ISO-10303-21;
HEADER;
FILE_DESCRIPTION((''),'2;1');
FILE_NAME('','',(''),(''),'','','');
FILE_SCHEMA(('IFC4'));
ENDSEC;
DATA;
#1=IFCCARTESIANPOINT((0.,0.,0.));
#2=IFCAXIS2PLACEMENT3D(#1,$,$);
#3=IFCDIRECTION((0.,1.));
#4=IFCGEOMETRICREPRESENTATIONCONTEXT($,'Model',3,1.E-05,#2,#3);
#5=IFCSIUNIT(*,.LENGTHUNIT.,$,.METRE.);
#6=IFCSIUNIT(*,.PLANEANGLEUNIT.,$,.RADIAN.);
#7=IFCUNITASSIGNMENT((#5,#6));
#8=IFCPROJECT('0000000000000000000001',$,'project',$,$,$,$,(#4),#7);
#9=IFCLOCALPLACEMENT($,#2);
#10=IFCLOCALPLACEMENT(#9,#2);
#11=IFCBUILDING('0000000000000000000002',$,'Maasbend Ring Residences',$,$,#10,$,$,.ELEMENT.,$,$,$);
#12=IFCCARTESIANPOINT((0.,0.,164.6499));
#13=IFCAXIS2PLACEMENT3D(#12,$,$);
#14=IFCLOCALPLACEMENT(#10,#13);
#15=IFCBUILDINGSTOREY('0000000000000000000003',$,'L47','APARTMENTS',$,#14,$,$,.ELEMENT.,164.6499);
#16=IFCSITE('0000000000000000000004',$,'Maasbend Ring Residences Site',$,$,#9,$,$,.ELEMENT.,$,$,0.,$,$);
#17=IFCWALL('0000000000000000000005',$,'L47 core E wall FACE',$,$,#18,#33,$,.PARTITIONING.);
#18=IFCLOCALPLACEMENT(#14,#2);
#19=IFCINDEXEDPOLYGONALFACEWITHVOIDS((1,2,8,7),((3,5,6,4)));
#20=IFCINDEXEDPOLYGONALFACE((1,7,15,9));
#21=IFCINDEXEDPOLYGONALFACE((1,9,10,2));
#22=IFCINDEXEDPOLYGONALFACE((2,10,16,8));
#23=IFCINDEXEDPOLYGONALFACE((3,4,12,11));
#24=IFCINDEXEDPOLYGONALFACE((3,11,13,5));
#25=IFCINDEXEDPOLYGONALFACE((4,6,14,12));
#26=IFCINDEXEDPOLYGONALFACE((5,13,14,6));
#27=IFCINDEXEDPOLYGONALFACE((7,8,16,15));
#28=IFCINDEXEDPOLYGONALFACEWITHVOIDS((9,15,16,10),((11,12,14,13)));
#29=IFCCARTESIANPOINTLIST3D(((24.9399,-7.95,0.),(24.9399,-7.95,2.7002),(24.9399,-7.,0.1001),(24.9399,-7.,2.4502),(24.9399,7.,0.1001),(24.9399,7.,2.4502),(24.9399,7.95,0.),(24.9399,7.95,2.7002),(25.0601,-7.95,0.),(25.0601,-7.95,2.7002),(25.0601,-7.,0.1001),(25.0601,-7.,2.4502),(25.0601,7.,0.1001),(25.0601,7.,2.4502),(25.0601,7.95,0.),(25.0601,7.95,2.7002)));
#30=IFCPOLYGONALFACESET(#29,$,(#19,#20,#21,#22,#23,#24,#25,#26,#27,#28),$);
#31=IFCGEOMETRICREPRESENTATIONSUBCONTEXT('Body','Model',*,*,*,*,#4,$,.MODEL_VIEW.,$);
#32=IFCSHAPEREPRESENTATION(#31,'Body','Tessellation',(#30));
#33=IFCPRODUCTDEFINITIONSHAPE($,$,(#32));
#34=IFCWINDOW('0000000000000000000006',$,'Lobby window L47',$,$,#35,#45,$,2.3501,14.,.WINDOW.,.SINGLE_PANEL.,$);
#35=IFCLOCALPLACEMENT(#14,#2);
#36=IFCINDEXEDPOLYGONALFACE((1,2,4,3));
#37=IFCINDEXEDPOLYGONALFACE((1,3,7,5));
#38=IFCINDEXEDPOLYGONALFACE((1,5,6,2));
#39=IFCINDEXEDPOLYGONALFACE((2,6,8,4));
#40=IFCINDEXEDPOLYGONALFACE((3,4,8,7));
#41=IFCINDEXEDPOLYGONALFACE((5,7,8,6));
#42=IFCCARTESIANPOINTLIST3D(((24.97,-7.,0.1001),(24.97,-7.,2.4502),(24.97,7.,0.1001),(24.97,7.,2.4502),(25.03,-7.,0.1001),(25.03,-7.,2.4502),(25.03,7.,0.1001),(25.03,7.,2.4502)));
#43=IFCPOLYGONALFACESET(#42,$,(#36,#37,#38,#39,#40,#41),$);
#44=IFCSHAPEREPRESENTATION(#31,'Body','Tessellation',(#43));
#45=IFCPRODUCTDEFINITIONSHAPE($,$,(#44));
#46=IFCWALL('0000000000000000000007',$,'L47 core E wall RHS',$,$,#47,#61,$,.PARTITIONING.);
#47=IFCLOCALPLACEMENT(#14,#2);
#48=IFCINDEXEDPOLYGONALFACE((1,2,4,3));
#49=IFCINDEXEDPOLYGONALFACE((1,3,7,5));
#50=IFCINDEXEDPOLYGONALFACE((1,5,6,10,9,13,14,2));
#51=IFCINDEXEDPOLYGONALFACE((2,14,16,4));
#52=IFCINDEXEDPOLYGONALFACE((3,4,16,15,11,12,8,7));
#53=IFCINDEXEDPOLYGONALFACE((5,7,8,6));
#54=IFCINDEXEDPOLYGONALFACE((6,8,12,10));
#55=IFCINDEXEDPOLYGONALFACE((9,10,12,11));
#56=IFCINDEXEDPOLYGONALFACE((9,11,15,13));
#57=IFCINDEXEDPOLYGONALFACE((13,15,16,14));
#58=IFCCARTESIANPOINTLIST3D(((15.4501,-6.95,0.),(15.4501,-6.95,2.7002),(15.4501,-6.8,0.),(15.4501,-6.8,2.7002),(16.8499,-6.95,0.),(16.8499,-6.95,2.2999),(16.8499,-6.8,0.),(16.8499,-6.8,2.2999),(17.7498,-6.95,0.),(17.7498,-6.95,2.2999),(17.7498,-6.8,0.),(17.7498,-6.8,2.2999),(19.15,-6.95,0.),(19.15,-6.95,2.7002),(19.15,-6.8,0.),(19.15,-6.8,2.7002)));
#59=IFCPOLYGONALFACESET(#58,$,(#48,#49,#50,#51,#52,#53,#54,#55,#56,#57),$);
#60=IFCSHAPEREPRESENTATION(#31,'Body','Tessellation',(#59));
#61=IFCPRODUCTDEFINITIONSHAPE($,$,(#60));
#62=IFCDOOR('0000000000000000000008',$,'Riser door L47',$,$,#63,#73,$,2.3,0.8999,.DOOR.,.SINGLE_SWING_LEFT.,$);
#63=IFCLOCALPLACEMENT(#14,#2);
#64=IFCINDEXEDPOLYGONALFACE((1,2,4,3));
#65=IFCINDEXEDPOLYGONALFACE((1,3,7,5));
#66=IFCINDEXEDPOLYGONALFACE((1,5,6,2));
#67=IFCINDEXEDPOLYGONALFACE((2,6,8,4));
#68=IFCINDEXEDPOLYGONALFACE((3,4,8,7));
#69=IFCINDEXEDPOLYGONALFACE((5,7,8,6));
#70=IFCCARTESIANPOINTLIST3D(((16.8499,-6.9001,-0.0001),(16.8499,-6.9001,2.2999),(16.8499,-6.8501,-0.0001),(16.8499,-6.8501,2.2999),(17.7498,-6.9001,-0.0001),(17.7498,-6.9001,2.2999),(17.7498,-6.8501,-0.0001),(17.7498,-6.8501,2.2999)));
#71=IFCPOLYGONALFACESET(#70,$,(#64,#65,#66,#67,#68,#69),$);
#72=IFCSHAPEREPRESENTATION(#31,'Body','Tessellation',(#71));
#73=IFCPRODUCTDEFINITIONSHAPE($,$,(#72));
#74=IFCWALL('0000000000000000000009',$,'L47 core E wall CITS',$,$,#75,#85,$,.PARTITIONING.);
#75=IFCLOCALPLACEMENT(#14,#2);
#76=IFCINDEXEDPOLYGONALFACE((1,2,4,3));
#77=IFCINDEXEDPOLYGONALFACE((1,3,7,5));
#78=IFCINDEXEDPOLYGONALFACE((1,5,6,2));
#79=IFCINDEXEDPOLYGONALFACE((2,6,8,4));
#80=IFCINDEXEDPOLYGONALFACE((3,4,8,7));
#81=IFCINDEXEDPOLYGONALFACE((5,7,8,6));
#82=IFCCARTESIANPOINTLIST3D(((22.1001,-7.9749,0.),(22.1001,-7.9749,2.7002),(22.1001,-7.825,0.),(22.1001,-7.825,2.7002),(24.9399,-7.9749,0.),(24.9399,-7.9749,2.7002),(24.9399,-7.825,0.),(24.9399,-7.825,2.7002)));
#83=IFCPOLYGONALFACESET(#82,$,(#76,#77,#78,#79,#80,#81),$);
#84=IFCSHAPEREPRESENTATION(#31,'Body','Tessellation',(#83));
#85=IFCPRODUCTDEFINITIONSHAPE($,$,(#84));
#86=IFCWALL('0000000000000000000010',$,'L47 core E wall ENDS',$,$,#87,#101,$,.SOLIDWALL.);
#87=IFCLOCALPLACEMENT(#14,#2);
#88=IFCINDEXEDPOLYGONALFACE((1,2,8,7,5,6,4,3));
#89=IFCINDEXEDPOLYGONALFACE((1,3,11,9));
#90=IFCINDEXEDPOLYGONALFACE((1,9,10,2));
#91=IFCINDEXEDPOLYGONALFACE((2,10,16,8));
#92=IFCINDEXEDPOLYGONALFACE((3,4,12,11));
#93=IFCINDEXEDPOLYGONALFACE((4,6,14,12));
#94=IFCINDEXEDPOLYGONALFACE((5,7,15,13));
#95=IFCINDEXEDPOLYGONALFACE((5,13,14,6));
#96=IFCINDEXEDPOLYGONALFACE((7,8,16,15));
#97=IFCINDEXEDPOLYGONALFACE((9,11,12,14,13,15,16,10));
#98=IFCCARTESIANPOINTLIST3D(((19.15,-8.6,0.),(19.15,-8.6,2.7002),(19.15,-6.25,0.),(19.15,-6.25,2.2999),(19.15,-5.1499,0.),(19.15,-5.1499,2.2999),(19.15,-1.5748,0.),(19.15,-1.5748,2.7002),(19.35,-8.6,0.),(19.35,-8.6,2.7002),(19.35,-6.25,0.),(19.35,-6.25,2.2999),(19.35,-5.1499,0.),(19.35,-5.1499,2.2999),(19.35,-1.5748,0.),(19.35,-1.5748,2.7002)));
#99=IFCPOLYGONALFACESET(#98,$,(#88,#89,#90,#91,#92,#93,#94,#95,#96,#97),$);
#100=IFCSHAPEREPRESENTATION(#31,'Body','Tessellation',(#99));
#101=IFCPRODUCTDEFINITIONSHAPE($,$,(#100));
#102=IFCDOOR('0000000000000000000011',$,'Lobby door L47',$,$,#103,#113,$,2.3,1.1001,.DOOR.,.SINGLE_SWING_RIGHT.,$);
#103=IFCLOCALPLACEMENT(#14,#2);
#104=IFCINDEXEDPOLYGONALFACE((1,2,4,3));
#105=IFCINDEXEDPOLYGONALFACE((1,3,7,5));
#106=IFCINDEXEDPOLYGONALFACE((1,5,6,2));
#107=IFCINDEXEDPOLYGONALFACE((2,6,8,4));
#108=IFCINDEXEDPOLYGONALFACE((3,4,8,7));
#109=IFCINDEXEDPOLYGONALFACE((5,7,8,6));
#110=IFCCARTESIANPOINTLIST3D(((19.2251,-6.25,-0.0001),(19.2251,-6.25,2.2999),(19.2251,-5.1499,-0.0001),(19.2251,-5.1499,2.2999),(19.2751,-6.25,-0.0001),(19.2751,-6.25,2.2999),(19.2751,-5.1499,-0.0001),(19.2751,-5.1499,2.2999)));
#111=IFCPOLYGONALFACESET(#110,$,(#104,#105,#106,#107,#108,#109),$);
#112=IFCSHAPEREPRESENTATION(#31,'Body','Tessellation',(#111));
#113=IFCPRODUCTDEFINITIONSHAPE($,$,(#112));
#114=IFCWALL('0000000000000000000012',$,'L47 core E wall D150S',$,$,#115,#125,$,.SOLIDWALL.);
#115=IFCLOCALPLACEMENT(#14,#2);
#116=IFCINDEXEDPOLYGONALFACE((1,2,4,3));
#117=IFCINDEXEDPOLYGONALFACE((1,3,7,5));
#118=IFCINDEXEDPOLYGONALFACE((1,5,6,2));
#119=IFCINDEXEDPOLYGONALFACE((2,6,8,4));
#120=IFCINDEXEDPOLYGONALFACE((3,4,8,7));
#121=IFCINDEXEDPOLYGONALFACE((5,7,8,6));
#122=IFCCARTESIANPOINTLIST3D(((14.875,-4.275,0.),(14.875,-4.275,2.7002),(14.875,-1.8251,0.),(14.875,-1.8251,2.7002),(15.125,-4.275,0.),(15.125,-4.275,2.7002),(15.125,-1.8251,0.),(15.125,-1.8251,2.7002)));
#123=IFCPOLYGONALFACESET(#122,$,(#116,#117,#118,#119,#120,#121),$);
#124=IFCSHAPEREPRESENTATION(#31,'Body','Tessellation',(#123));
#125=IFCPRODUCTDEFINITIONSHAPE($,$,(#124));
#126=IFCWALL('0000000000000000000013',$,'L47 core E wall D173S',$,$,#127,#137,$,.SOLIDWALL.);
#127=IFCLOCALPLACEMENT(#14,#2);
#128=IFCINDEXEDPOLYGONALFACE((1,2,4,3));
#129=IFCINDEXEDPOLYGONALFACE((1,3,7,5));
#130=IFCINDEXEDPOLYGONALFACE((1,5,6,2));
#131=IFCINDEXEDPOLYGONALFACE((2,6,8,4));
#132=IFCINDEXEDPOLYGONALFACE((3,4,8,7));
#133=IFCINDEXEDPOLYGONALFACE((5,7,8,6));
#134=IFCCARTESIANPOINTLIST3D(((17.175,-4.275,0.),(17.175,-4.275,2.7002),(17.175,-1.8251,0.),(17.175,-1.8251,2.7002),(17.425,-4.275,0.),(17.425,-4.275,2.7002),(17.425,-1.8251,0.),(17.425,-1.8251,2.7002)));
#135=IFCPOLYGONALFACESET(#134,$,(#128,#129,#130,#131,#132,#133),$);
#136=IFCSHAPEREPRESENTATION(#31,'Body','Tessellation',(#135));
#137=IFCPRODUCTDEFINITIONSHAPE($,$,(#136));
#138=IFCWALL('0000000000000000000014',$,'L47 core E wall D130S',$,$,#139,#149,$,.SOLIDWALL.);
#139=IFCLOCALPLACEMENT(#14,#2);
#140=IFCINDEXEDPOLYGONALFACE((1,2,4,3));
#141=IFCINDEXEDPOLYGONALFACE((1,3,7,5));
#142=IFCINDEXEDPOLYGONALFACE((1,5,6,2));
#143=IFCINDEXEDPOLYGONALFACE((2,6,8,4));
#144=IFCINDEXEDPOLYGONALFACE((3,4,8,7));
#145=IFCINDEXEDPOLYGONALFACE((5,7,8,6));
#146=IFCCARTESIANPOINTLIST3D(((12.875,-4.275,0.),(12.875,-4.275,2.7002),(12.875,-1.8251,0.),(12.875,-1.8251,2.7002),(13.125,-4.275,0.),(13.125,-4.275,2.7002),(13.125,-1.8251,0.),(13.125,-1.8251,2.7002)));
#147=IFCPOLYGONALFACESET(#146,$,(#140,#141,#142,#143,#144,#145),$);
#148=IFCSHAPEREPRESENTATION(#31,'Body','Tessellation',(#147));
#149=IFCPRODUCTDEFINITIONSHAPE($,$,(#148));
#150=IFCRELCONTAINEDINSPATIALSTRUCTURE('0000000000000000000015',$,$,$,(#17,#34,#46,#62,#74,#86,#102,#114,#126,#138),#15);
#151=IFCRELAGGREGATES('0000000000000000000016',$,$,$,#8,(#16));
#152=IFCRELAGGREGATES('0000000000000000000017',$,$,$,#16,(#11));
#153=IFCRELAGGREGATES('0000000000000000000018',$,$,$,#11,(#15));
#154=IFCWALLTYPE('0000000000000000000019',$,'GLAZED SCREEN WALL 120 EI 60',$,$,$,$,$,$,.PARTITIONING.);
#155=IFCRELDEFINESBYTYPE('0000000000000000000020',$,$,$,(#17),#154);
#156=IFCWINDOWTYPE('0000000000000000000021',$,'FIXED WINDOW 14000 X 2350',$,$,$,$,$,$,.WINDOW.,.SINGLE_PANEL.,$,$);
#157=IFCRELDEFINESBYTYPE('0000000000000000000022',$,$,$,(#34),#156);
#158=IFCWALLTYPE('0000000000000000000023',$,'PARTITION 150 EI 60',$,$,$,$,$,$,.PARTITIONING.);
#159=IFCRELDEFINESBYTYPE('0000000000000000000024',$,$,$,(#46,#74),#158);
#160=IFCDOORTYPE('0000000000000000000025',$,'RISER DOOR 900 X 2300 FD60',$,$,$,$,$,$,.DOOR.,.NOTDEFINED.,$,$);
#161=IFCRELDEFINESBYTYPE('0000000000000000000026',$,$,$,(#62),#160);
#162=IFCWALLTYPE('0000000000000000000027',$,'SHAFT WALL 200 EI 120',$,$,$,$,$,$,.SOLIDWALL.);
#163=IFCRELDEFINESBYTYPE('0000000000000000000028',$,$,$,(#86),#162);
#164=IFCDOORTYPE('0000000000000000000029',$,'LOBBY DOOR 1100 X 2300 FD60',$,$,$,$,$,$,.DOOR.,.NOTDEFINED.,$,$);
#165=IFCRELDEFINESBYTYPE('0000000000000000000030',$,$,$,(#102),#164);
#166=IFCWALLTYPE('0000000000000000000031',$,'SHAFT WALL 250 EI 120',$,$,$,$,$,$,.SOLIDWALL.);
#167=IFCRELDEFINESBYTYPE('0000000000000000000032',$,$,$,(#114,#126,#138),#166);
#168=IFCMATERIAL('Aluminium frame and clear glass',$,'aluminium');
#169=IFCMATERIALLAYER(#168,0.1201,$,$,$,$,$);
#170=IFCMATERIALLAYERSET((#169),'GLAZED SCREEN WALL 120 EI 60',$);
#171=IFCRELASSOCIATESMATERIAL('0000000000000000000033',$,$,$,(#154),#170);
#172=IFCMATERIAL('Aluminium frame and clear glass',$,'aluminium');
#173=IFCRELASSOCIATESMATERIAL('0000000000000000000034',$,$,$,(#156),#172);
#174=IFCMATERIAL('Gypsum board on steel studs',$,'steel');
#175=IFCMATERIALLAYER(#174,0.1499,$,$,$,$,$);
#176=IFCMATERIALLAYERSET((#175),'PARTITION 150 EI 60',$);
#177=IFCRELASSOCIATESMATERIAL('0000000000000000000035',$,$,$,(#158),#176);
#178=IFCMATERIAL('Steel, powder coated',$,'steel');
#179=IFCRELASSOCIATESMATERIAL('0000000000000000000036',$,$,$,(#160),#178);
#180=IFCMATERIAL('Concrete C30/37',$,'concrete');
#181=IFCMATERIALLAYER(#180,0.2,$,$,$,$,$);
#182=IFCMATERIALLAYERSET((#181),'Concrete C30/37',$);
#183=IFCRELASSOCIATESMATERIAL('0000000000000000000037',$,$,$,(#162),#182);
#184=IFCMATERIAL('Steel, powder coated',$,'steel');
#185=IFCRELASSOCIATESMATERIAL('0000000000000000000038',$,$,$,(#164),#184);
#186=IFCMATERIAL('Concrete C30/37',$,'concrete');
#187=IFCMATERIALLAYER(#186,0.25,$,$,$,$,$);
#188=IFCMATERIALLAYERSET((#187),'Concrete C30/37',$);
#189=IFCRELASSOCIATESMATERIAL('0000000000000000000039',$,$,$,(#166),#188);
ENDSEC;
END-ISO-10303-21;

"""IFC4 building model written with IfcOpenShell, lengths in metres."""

from ifc_helpers import new_model, si_unit, direction, frame, frame_2d, origin, place, context, subcontext, project, spatial, rectangle, extrude, material, layer, layer_set, type_object, element, fill, save


model = new_model("IFC4")

# Units and contexts
model_context = context("Model", 3, precision=1e-05, world=origin(), true_north=direction((0.0, 1.0)))
body_context = subcontext(model_context, "Body", "Model", "MODEL_VIEW")
ifc_project = project(units=[si_unit("LENGTHUNIT", "METRE"), si_unit("PLANEANGLEUNIT", "RADIAN")], contexts=[model_context])

# Site, building, storey
site_placement = place(None, origin())
site = spatial("IfcSite", under=ifc_project, at=site_placement, Name="Maasbend Ring Residences Site", CompositionType="ELEMENT", RefElevation=0.0)
building_placement = place(site_placement, origin())
building = spatial("IfcBuilding", under=site, at=building_placement, Name="Maasbend Ring Residences", CompositionType="ELEMENT")
storey_placement = place(building_placement, frame((0.0, 0.0, 164.6499)))
storey = spatial("IfcBuildingStorey", under=building, at=storey_placement, Name="L47", Description="APARTMENTS", CompositionType="ELEMENT", Elevation=164.6499)

# Wall, opening, window
ifc_material_1 = material(Name="Aluminium frame and clear glass", Category="aluminium")
ifc_layer_1 = layer(ifc_material_1, 0.1201)
ifc_layer_set_1 = layer_set([ifc_layer_1], Name="GLAZED SCREEN WALL 120 EI 60")
wall_type_1 = type_object("IfcWallType", Name="GLAZED SCREEN WALL 120 EI 60", PredefinedType="PARTITIONING", material=ifc_layer_set_1)
wall_1_placement = place(storey_placement, frame((25.0, -7.95, 0.0), z_axis=(0.0, 0.0, 1.0), x_axis=(0.0, 1.0, 0.0)))
wall_1 = element("IfcWall", 1, at=wall_1_placement, inside=storey, type_object=wall_type_1, Name="L47 core E wall FACE", PredefinedType="PARTITIONING", context=body_context, shape_type="SweptSolid", body=[
    extrude(rectangle(XDim=15.8999, YDim=0.1201, at=frame_2d((7.95, 0.0))), origin(), (0.0, 0.0, 1.0), 2.7002),
])
opening_1_placement = place(wall_1_placement, frame((0.95, 0.0, 0.1001)))
opening_1 = element("IfcOpeningElement", 2, at=opening_1_placement, cuts=wall_1, PredefinedType="OPENING", context=body_context, shape_type="SweptSolid", body=[
    extrude(rectangle(XDim=14.0, YDim=2.3501, at=frame_2d((7.0, 1.175))), frame((0.0, 0.0701, 0.0), z_axis=(0.0, -1.0, 0.0), x_axis=(1.0, 0.0, 0.0)), (0.0, 0.0, 1.0), 0.1401),
])
ifc_material_2 = material(Name="Aluminium frame and clear glass", Category="aluminium")
window_type = type_object("IfcWindowType", Name="FIXED WINDOW 14000 X 2350", PartitioningType="SINGLE_PANEL", PredefinedType="WINDOW", material=ifc_material_2)
window_placement = place(opening_1_placement, origin())
window = element("IfcWindow", 3, at=window_placement, inside=storey, type_object=window_type, Name="Lobby window L47", OverallHeight=2.3501, OverallWidth=14.0, PartitioningType="SINGLE_PANEL", PredefinedType="WINDOW", context=body_context, shape_type="SweptSolid", body=[
    extrude(rectangle(XDim=14.0, YDim=2.3501, at=frame_2d((7.0, 1.175))), frame((0.0, 0.03, 0.0), z_axis=(0.0, -1.0, 0.0), x_axis=(1.0, 0.0, 0.0)), (0.0, 0.0, 1.0), 0.0601),
])
fill(opening_1, window)

# Wall, opening, door
ifc_material_3 = material(Name="Gypsum board on steel studs", Category="steel")
ifc_layer_2 = layer(ifc_material_3, 0.1499)
ifc_layer_set_2 = layer_set([ifc_layer_2], Name="PARTITION 150 EI 60")
wall_type_2 = type_object("IfcWallType", Name="PARTITION 150 EI 60", PredefinedType="PARTITIONING", material=ifc_layer_set_2)
wall_2_placement = place(storey_placement, frame((15.45, -6.875, 0.0), z_axis=(0.0, 0.0, 1.0), x_axis=(1.0, 0.0, 0.0)))
wall_2 = element("IfcWall", 4, at=wall_2_placement, inside=storey, type_object=wall_type_2, Name="L47 core E wall RHS", PredefinedType="PARTITIONING", context=body_context, shape_type="SweptSolid", body=[
    extrude(rectangle(XDim=3.7, YDim=0.1499, at=frame_2d((1.8501, 0.0))), origin(), (0.0, 0.0, 1.0), 2.7002),
])
opening_2_placement = place(wall_2_placement, frame((1.3999, 0.0, 0.0)))
opening_2 = element("IfcOpeningElement", 5, at=opening_2_placement, cuts=wall_2, PredefinedType="OPENING", context=body_context, shape_type="SweptSolid", body=[
    extrude(rectangle(XDim=0.8999, YDim=2.3, at=frame_2d((0.45, 1.1499))), frame((0.0, 0.085, 0.0), z_axis=(0.0, -1.0, 0.0), x_axis=(1.0, 0.0, 0.0)), (0.0, 0.0, 1.0), 0.1699),
])
ifc_material_4 = material(Name="Steel, powder coated", Category="steel")
door_type_1 = type_object("IfcDoorType", Name="RISER DOOR 900 X 2300 FD60", OperationType="NOTDEFINED", PredefinedType="DOOR", material=ifc_material_4)
door_1_placement = place(opening_2_placement, origin())
door_1 = element("IfcDoor", 6, at=door_1_placement, inside=storey, type_object=door_type_1, Name="Riser door L47", OperationType="SINGLE_SWING_LEFT", OverallHeight=2.3, OverallWidth=0.8999, PredefinedType="DOOR", context=body_context, shape_type="SweptSolid", body=[
    extrude(rectangle(XDim=0.8999, YDim=2.3, at=frame_2d((0.45, 1.1499))), frame((0.0, 0.0249, 0.0), z_axis=(0.0, -1.0, 0.0), x_axis=(1.0, 0.0, 0.0)), (0.0, 0.0, 1.0), 0.05),
])
fill(opening_2, door_1)

# Wall
wall_3_placement = place(storey_placement, frame((22.1001, -7.8999, 0.0), z_axis=(0.0, 0.0, 1.0), x_axis=(1.0, 0.0, 0.0)))
element("IfcWall", 7, at=wall_3_placement, inside=storey, type_object=wall_type_2, Name="L47 core E wall CITS", PredefinedType="PARTITIONING", context=body_context, shape_type="SweptSolid", body=[
    extrude(rectangle(XDim=2.8398, YDim=0.1499, at=frame_2d((1.4199, 0.0))), origin(), (0.0, 0.0, 1.0), 2.7002),
])

# Wall, opening, door
ifc_material_5 = material(Name="Concrete C30/37", Category="concrete")
ifc_layer_3 = layer(ifc_material_5, 0.2)
ifc_layer_set_3 = layer_set([ifc_layer_3], Name="Concrete C30/37")
wall_type_3 = type_object("IfcWallType", Name="SHAFT WALL 200 EI 120", PredefinedType="SOLIDWALL", material=ifc_layer_set_3)
wall_4_placement = place(storey_placement, frame((19.25, -8.6001, 0.0), z_axis=(0.0, 0.0, 1.0), x_axis=(0.0, 1.0, 0.0)))
wall_4 = element("IfcWall", 8, at=wall_4_placement, inside=storey, type_object=wall_type_3, Name="L47 core E wall ENDS", PredefinedType="SOLIDWALL", context=body_context, shape_type="SweptSolid", body=[
    extrude(rectangle(XDim=7.0251, YDim=0.2, at=frame_2d((3.5127, 0.0))), origin(), (0.0, 0.0, 1.0), 2.7002),
])
opening_3_placement = place(wall_4_placement, frame((2.3501, 0.0, 0.0)))
opening_3 = element("IfcOpeningElement", 9, at=opening_3_placement, cuts=wall_4, PredefinedType="OPENING", context=body_context, shape_type="SweptSolid", body=[
    extrude(rectangle(XDim=1.1001, YDim=2.3, at=frame_2d((0.55, 1.1499))), frame((0.0, 0.1099, 0.0), z_axis=(0.0, -1.0, 0.0), x_axis=(1.0, 0.0, 0.0)), (0.0, 0.0, 1.0), 0.22),
])
ifc_material_6 = material(Name="Steel, powder coated", Category="steel")
door_type_2 = type_object("IfcDoorType", Name="LOBBY DOOR 1100 X 2300 FD60", OperationType="NOTDEFINED", PredefinedType="DOOR", material=ifc_material_6)
door_2_placement = place(opening_3_placement, origin())
door_2 = element("IfcDoor", 10, at=door_2_placement, inside=storey, type_object=door_type_2, Name="Lobby door L47", OperationType="SINGLE_SWING_RIGHT", OverallHeight=2.3, OverallWidth=1.1001, PredefinedType="DOOR", context=body_context, shape_type="SweptSolid", body=[
    extrude(rectangle(XDim=1.1001, YDim=2.3, at=frame_2d((0.55, 1.1499))), frame((0.0, 0.0249, 0.0), z_axis=(0.0, -1.0, 0.0), x_axis=(1.0, 0.0, 0.0)), (0.0, 0.0, 1.0), 0.05),
])
fill(opening_3, door_2)

# Walls
ifc_material_7 = material(Name="Concrete C30/37", Category="concrete")
ifc_layer_4 = layer(ifc_material_7, 0.25)
ifc_layer_set_4 = layer_set([ifc_layer_4], Name="Concrete C30/37")
wall_type_4 = type_object("IfcWallType", Name="SHAFT WALL 250 EI 120", PredefinedType="SOLIDWALL", material=ifc_layer_set_4)
for number, where, z_axis, x_axis, name in (
    (11, (15.0, -1.825, 0.0), (0.0, 0.0, 1.0), (0.0, -1.0, 0.0), "L47 core E wall D150S"),
    (12, (17.3, -1.825, 0.0), (0.0, 0.0, 1.0), (0.0, -1.0, 0.0), "L47 core E wall D173S"),
    (13, (13.0, -1.825, 0.0), (0.0, 0.0, 1.0), (0.0, -1.0, 0.0), "L47 core E wall D130S"),
):
    element("IfcWall", number, at=place(storey_placement, frame(where, z_axis=z_axis, x_axis=x_axis)), inside=storey, type_object=wall_type_4, Name=name, PredefinedType="SOLIDWALL", context=body_context, shape_type="SweptSolid", body=[
        extrude(rectangle(XDim=2.45, YDim=0.25, at=frame_2d((1.2251, 0.0))), origin(), (0.0, 0.0, 1.0), 2.7002),
    ])

save(model, "model.ifc")
